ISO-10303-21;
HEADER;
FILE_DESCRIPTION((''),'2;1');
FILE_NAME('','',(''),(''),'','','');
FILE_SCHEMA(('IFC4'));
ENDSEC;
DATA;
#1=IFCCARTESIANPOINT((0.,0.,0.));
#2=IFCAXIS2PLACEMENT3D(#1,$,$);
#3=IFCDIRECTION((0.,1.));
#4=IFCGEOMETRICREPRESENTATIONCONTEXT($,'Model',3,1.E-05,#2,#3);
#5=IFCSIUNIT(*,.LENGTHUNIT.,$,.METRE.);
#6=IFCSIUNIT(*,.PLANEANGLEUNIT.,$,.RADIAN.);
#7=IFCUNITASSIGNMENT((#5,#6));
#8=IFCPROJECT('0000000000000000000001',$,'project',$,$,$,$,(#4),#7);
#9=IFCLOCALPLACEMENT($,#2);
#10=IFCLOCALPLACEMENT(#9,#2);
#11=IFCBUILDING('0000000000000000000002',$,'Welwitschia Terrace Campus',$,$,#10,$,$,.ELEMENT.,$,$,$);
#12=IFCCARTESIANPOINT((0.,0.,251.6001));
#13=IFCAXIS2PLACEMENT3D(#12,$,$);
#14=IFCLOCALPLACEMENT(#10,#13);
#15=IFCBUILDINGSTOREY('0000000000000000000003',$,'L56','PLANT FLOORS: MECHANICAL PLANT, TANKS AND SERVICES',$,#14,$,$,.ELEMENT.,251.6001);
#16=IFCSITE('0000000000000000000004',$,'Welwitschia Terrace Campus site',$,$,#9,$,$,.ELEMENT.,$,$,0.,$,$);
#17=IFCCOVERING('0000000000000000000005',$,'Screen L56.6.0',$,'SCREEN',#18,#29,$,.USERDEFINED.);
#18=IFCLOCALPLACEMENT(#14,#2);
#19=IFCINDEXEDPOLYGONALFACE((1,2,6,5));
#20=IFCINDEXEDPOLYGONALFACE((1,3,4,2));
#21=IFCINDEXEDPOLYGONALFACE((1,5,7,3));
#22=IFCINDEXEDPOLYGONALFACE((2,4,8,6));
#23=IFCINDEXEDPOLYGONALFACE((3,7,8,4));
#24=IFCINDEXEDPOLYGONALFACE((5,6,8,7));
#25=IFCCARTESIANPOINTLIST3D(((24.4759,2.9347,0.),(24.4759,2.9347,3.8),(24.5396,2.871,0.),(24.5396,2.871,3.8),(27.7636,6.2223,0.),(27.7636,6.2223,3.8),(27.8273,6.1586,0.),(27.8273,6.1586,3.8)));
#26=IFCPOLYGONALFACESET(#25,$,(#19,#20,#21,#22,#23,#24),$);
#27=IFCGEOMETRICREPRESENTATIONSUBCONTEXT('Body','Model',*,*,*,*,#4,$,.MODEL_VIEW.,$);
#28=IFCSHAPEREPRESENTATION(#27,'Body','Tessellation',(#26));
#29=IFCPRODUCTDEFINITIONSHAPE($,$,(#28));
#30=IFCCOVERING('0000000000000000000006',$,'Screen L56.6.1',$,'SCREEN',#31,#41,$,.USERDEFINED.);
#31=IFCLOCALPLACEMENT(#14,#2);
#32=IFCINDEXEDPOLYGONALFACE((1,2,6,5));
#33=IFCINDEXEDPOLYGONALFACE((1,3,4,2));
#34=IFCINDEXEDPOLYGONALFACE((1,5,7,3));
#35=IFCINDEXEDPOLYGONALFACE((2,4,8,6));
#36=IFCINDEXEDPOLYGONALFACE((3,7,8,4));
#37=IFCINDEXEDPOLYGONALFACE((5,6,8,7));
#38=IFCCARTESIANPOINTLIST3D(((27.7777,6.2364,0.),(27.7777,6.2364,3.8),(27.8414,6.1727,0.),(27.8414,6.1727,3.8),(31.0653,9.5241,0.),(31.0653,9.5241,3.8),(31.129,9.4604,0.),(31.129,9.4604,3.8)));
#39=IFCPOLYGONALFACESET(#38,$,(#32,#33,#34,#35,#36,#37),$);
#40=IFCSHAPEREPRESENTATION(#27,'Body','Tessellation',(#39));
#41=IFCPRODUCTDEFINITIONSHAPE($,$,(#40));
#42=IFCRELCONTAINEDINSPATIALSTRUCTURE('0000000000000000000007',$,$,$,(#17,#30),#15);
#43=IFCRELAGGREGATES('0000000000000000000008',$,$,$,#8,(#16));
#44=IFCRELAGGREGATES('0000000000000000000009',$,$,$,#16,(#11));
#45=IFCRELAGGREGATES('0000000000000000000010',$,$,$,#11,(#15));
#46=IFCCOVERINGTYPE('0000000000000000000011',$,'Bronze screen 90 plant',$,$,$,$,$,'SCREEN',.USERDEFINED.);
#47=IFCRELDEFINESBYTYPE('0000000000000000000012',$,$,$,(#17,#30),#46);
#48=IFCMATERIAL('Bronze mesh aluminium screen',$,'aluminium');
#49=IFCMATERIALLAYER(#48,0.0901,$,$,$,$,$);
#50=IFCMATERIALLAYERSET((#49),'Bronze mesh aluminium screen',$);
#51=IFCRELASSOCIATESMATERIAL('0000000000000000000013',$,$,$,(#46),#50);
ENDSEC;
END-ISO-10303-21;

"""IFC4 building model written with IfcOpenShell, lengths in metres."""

from ifc_helpers import new_model, si_unit, direction, frame, origin, origin_2d, place, context, subcontext, project, spatial, rectangle, extrude, material, layer, layer_set, type_object, element, save


model = new_model("IFC4")

# Units and contexts
model_context = context("Model", 3, precision=1e-05, world=origin(), true_north=direction((0.0, 1.0)))
body_context = subcontext(model_context, "Body", "Model", "MODEL_VIEW")
ifc_project = project(units=[si_unit("LENGTHUNIT", "METRE"), si_unit("PLANEANGLEUNIT", "RADIAN")], contexts=[model_context])

# Site, building, storey
site_placement = place(None, origin())
site = spatial("IfcSite", under=ifc_project, at=site_placement, Name="Welwitschia Terrace Campus site", CompositionType="ELEMENT", RefElevation=0.0)
building_placement = place(site_placement, origin())
building = spatial("IfcBuilding", under=site, at=building_placement, Name="Welwitschia Terrace Campus", CompositionType="ELEMENT")
storey_placement = place(building_placement, frame((0.0, 0.0, 251.6001)))
storey = spatial("IfcBuildingStorey", under=building, at=storey_placement, Name="L56", Description="PLANT FLOORS: MECHANICAL PLANT, TANKS AND SERVICES", CompositionType="ELEMENT", Elevation=251.6001)

# Coverings
ifc_material_1 = material(Name="Bronze mesh aluminium screen", Category="aluminium")
ifc_layer_1 = layer(ifc_material_1, 0.0901)
ifc_layer_set_1 = layer_set([ifc_layer_1], Name="Bronze mesh aluminium screen")
covering_type = type_object("IfcCoveringType", Name="Bronze screen 90 plant", ElementType="SCREEN", PredefinedType="USERDEFINED", material=ifc_layer_set_1)
for number, where, z_axis, x_axis, name in (
    (1, (26.1516, 4.5466, 0.0), (0.0, 0.0, 1.0), (0.707107, 0.707107, 0.0), "Screen L56.6.0"),
    (2, (29.4534, 7.8484, 0.0), (0.0, 0.0, 1.0), (0.707107, 0.707107, 0.0), "Screen L56.6.1"),
):
    element("IfcCovering", number, at=place(storey_placement, frame(where, z_axis=z_axis, x_axis=x_axis)), inside=storey, type_object=covering_type, Name=name, ObjectType="SCREEN", PredefinedType="USERDEFINED", context=body_context, shape_type="SweptSolid", body=[
        extrude(rectangle(XDim=4.6494, YDim=0.0901, at=origin_2d()), origin(), (0.0, 0.0, 1.0), 3.8),
    ])

save(model, "model.ifc")
